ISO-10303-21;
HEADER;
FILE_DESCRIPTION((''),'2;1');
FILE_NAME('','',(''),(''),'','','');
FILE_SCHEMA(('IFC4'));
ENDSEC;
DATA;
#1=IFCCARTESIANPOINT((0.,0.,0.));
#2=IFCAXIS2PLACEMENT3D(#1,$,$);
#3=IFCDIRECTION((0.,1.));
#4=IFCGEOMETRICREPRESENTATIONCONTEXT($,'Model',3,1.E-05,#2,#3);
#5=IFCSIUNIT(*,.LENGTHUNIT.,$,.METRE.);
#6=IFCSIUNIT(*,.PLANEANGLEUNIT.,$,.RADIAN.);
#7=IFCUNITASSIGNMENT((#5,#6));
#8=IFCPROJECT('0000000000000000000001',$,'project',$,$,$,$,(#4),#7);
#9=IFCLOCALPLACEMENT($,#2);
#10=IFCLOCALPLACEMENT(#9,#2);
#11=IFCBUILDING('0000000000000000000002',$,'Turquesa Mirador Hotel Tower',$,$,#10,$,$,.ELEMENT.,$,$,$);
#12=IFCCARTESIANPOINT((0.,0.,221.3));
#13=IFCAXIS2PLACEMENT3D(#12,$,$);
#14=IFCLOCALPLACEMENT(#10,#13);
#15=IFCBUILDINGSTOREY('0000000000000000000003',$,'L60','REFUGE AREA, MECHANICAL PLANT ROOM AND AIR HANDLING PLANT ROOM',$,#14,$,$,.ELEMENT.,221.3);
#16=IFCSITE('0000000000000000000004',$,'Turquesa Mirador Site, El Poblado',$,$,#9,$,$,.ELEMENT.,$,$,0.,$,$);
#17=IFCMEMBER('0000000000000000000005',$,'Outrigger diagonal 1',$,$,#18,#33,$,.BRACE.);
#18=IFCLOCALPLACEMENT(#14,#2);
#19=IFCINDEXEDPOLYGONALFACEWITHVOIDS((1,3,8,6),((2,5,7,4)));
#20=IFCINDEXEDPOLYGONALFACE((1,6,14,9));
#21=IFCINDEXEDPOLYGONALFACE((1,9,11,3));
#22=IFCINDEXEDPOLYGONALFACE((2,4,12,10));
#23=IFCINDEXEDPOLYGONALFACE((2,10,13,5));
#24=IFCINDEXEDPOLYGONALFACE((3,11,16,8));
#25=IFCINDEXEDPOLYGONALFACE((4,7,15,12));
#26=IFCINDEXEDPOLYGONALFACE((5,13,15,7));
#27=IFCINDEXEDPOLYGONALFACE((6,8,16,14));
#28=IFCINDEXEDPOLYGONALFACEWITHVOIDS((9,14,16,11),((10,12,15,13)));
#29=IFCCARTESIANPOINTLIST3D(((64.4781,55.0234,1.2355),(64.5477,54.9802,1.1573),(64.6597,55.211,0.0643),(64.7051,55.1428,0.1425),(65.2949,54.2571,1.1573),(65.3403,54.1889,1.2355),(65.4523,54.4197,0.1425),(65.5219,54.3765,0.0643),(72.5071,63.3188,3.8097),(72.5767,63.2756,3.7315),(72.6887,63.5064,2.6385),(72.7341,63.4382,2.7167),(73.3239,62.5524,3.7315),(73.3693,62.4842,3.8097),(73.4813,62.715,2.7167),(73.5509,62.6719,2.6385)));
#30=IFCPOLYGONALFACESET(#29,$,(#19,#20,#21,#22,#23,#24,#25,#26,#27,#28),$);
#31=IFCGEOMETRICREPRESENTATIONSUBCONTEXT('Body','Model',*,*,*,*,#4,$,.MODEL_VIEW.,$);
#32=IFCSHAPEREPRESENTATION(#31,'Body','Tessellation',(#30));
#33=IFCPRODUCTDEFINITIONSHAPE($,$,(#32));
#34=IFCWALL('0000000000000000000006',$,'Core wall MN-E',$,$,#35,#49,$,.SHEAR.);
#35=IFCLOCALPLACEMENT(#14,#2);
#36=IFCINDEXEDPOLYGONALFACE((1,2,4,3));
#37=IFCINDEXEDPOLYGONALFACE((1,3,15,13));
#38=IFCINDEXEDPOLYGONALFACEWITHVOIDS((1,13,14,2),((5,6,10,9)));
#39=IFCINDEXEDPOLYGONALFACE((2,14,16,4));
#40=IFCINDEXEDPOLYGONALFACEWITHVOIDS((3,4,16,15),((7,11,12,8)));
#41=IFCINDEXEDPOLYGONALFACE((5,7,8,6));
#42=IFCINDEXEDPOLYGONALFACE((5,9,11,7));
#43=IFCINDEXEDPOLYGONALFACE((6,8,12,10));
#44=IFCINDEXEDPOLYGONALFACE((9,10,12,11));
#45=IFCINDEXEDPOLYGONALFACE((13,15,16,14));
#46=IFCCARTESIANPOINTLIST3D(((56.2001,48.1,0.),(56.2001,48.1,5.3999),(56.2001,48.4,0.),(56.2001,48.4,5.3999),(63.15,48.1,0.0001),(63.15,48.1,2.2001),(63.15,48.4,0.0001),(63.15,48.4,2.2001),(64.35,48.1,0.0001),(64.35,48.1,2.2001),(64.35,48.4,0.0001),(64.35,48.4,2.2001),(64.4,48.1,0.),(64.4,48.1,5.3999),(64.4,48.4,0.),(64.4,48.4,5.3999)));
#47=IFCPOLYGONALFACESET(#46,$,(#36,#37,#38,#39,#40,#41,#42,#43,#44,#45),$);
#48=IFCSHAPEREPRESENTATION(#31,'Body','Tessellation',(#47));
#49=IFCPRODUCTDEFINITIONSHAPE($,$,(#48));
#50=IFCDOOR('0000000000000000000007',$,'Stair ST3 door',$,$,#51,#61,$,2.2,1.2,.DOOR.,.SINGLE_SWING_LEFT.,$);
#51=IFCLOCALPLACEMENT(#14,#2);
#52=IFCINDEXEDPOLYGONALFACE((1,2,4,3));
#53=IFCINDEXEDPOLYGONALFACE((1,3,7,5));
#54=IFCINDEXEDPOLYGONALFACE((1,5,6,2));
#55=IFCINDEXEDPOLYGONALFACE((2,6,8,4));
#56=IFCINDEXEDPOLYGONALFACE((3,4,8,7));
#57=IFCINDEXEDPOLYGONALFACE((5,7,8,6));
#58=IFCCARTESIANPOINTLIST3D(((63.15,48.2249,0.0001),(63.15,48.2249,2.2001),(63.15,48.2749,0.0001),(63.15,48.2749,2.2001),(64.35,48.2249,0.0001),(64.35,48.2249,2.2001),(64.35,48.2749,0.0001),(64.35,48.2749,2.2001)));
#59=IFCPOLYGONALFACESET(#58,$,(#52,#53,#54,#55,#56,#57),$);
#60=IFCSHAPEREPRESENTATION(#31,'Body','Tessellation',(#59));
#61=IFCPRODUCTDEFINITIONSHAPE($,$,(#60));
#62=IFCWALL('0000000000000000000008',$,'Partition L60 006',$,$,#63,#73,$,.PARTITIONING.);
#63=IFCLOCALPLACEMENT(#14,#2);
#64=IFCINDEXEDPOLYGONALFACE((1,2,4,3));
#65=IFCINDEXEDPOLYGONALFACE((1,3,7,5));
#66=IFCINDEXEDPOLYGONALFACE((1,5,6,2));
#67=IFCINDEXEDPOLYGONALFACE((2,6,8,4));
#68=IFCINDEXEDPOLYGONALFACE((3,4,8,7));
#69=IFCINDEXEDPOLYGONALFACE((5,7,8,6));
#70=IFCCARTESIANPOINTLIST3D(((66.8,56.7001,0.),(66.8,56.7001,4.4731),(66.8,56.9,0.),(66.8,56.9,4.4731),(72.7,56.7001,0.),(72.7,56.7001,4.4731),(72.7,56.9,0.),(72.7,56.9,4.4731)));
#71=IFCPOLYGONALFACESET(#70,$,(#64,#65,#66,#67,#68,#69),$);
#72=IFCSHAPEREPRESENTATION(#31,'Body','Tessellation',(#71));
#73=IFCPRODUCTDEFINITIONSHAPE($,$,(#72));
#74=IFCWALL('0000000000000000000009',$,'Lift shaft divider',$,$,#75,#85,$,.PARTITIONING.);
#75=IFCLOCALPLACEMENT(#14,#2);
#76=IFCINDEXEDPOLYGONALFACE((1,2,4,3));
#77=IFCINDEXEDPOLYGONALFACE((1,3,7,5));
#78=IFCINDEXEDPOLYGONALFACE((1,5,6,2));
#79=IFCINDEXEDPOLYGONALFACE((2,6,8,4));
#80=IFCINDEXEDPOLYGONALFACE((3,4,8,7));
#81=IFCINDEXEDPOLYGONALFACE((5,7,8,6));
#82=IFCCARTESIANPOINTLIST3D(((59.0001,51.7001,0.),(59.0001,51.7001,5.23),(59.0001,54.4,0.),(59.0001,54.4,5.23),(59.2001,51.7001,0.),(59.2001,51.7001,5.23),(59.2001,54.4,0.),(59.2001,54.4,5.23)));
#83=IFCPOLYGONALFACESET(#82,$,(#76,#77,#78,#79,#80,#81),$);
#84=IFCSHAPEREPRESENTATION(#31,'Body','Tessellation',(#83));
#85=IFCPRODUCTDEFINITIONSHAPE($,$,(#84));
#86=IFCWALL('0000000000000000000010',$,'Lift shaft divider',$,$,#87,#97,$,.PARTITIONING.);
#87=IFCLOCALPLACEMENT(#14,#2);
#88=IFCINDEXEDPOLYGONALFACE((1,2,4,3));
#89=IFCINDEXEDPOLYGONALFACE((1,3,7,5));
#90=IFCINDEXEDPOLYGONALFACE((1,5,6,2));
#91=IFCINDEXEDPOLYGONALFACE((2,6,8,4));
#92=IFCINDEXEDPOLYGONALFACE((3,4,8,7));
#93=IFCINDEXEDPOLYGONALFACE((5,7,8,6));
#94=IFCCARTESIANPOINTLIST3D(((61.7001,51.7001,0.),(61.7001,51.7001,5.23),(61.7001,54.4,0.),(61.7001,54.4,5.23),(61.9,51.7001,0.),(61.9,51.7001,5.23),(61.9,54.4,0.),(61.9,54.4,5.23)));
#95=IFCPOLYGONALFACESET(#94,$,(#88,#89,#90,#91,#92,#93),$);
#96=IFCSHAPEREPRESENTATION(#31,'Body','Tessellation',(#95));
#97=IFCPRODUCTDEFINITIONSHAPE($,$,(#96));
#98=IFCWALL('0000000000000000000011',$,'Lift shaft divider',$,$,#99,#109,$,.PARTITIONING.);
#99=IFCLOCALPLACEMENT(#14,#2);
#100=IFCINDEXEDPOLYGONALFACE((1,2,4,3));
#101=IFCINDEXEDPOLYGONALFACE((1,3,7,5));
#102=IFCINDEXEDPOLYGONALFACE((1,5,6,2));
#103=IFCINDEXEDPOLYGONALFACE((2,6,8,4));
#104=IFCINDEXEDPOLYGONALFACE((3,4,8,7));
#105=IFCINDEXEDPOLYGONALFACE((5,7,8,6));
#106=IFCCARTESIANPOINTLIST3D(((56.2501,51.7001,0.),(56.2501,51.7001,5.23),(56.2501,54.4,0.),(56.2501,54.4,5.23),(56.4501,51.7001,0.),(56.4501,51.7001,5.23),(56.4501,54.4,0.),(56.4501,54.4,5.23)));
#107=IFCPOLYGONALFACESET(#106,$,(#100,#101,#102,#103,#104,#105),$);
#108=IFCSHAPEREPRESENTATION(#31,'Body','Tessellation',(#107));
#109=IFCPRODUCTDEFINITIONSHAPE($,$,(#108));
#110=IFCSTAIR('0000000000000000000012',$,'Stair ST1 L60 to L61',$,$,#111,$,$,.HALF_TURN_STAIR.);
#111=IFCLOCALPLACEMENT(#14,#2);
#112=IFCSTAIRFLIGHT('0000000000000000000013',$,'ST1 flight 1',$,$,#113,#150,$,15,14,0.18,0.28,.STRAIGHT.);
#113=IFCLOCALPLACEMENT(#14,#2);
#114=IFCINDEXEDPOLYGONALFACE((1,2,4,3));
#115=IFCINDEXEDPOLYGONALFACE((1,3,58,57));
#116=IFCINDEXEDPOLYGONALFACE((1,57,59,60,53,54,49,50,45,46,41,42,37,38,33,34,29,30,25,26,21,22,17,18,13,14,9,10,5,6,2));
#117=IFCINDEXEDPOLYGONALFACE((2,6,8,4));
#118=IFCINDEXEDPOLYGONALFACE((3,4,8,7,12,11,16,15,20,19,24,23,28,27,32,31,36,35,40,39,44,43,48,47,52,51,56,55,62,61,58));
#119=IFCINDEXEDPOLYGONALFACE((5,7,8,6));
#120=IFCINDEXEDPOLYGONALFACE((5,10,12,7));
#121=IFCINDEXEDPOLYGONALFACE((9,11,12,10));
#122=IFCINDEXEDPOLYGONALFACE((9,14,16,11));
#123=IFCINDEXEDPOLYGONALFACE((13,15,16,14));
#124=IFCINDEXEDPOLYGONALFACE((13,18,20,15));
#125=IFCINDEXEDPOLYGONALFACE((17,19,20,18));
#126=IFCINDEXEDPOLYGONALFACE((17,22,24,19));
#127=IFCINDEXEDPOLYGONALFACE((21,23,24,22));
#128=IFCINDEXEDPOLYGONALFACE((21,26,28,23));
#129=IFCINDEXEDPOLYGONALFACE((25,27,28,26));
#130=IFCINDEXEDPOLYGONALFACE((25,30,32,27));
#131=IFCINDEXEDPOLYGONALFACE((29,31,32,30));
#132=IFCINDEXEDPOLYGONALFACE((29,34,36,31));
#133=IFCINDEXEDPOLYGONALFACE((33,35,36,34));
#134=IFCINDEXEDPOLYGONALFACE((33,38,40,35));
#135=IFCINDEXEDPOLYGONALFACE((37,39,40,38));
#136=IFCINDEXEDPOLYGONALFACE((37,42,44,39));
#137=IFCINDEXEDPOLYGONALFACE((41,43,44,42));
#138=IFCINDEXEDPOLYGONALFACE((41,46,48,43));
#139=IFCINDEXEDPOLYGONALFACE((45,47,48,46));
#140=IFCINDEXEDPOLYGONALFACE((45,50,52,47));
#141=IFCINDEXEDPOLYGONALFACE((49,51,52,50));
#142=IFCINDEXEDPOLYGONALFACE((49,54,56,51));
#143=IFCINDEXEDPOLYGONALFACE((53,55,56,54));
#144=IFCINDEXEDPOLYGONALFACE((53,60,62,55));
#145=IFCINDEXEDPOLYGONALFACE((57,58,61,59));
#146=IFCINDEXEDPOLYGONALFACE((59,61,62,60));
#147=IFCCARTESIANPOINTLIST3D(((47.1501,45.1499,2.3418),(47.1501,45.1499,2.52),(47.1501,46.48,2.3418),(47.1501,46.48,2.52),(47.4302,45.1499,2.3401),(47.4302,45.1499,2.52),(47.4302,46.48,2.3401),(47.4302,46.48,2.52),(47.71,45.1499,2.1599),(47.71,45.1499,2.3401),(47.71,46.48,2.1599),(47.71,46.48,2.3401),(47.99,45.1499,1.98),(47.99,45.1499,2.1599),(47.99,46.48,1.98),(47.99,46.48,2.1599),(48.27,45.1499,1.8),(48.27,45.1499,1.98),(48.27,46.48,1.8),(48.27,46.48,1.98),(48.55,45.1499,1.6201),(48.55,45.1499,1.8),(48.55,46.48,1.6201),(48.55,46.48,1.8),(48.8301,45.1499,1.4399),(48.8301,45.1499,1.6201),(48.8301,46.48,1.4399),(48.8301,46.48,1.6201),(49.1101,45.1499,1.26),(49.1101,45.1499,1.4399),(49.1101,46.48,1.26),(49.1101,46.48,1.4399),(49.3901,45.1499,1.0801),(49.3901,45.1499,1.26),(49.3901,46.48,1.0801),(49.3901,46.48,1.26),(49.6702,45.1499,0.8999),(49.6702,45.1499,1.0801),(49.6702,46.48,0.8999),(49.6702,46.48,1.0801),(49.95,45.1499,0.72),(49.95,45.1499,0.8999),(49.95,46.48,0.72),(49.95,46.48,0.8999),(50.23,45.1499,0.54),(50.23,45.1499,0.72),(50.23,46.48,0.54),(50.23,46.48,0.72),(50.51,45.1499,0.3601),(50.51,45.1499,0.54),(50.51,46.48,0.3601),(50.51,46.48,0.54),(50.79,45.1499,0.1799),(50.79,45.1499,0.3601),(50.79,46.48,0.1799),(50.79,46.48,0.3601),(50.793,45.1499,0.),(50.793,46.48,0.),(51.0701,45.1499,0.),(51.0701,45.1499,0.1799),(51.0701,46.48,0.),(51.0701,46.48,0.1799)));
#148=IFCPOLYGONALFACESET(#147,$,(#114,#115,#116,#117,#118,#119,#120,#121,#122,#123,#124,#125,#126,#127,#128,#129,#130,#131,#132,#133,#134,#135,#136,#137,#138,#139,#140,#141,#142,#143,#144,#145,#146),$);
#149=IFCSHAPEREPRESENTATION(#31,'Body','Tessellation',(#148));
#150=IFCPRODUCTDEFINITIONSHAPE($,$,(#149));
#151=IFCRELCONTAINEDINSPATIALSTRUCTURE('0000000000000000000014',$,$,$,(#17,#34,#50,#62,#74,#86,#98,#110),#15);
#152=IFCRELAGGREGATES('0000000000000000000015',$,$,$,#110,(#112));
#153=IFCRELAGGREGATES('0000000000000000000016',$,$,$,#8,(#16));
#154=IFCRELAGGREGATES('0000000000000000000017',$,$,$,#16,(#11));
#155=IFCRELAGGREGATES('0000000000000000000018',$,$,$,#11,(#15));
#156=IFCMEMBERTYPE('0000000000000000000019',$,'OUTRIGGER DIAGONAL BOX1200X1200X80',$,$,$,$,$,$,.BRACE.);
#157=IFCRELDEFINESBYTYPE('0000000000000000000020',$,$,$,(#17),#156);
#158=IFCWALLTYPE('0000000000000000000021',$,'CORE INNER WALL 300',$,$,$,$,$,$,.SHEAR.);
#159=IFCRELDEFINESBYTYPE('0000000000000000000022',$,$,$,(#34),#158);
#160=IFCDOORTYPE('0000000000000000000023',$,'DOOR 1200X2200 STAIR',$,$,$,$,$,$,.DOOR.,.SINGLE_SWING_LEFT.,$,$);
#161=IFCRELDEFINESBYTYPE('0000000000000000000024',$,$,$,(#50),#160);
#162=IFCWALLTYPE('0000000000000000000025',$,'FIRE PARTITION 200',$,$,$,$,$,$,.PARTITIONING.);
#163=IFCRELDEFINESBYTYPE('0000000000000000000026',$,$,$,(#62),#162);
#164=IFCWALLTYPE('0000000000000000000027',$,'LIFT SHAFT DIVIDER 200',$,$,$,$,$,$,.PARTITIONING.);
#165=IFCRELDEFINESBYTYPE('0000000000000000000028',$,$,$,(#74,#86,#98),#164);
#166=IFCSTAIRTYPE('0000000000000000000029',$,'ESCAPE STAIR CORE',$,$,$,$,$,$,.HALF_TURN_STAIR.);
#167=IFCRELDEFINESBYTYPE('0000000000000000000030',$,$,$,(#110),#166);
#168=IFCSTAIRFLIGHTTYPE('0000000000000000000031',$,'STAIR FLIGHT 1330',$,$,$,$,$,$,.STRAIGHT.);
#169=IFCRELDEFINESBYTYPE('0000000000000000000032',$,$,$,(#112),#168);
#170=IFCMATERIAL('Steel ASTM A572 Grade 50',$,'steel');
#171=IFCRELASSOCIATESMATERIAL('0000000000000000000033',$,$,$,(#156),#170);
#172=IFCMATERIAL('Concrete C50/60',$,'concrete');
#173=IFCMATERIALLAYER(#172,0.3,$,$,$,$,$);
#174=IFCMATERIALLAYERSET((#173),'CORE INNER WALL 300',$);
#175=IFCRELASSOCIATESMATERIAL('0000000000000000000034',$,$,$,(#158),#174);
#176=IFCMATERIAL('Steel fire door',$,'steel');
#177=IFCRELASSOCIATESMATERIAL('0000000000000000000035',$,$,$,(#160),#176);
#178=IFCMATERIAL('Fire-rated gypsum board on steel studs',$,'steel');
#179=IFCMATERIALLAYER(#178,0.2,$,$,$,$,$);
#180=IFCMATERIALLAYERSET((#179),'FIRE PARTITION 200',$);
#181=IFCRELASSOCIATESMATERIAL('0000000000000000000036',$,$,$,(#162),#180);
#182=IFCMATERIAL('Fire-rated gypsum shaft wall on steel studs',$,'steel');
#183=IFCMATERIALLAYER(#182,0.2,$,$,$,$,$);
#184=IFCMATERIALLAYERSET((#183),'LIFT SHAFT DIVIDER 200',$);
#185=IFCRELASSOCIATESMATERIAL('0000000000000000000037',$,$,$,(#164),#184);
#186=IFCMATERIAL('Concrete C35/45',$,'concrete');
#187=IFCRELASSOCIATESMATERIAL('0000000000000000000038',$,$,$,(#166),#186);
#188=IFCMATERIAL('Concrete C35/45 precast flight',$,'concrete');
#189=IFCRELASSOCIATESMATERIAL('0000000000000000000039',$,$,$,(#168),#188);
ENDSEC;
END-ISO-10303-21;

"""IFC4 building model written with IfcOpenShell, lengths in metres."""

from ifc_helpers import new_model, si_unit, direction, frame, frame_2d, origin, origin_2d, place, context, subcontext, project, spatial, polyline, rectangle, hollow_rectangle, outline, extrude, material, layer, layer_set, material_profile, profile_set, type_object, element, fill, aggregate, save


model = new_model("IFC4")

# Units and contexts
model_context = context("Model", 3, precision=1e-05, world=origin(), true_north=direction((0.0, 1.0)))
body_context = subcontext(model_context, "Body", "Model", "MODEL_VIEW")
ifc_project = project(units=[si_unit("LENGTHUNIT", "METRE"), si_unit("PLANEANGLEUNIT", "RADIAN")], contexts=[model_context])

# Site, building, storey
site_placement = place(None, origin())
site = spatial("IfcSite", under=ifc_project, at=site_placement, Name="Turquesa Mirador Site, El Poblado", CompositionType="ELEMENT", RefElevation=0.0)
building_placement = place(site_placement, origin())
building = spatial("IfcBuilding", under=site, at=building_placement, Name="Turquesa Mirador Hotel Tower", CompositionType="ELEMENT")
storey_placement = place(building_placement, frame((0.0, 0.0, 221.3)))
storey = spatial("IfcBuildingStorey", under=building, at=storey_placement, Name="L60", Description="REFUGE AREA, MECHANICAL PLANT ROOM AND AIR HANDLING PLANT ROOM", CompositionType="ELEMENT", Elevation=221.3)

# Member
ifc_material_1 = material(Name="Steel ASTM A572 Grade 50", Category="steel")
ifc_material_profile_1 = material_profile(ifc_material_1, hollow_rectangle(XDim=1.2, YDim=1.2, WallThickness=0.0801, at=origin_2d()), Name="BOX1200X1200X80")
ifc_profile_set_1 = profile_set([ifc_material_profile_1], Name="Steel ASTM A572 Grade 50")
member_type = type_object("IfcMemberType", Name="OUTRIGGER DIAGONAL BOX1200X1200X80", PredefinedType="BRACE", material=ifc_profile_set_1)
member_placement = place(storey_placement, frame((65.0, 54.7, 0.6499), z_axis=(0.678806, 0.701325, 0.217634), x_axis=(-0.718549, 0.695477, 0.0)))
element("IfcMember", 1, at=member_placement, inside=storey, type_object=member_type, Name="Outrigger diagonal 1", PredefinedType="BRACE", context=body_context, shape_type="SweptSolid", body=[
    extrude(hollow_rectangle(XDim=1.2, YDim=1.2, WallThickness=0.0801, at=origin_2d()), origin(), (0.0, 0.0, 1.0), 11.8281),
])

# Wall, opening, door
ifc_material_2 = material(Name="Concrete C50/60", Category="concrete")
ifc_layer_1 = layer(ifc_material_2, 0.3)
ifc_layer_set_1 = layer_set([ifc_layer_1], Name="CORE INNER WALL 300")
wall_type_1 = type_object("IfcWallType", Name="CORE INNER WALL 300", PredefinedType="SHEAR", material=ifc_layer_set_1)
wall_1_placement = place(storey_placement, frame((56.2, 48.25, 0.0), z_axis=(0.0, 0.0, 1.0), x_axis=(1.0, 0.0, 0.0)))
wall_1 = element("IfcWall", 2, at=wall_1_placement, inside=storey, type_object=wall_type_1, Name="Core wall MN-E", PredefinedType="SHEAR", context=body_context, shape_type="SweptSolid", body=[
    extrude(rectangle(XDim=8.2, YDim=0.3, at=frame_2d((4.1001, 0.0))), origin(), (0.0, 0.0, 1.0), 5.3999),
])
opening_placement = place(wall_1_placement, frame((6.95, 0.0, 0.0)))
opening = element("IfcOpeningElement", 3, at=opening_placement, cuts=wall_1, PredefinedType="OPENING", context=body_context, shape_type="SweptSolid", body=[
    extrude(rectangle(XDim=1.2, YDim=2.2, at=frame_2d((0.6001, 1.1001))), frame((0.0, 0.1599, 0.0), z_axis=(0.0, -1.0, 0.0), x_axis=(1.0, 0.0, 0.0)), (0.0, 0.0, 1.0), 0.3201),
])
ifc_material_3 = material(Name="Steel fire door", Category="steel")
door_type = type_object("IfcDoorType", Name="DOOR 1200X2200 STAIR", OperationType="SINGLE_SWING_LEFT", PredefinedType="DOOR", material=ifc_material_3)
door_placement = place(opening_placement, origin())
door = element("IfcDoor", 4, at=door_placement, inside=storey, type_object=door_type, Name="Stair ST3 door", OperationType="SINGLE_SWING_LEFT", OverallHeight=2.2, OverallWidth=1.2, PredefinedType="DOOR", context=body_context, shape_type="SweptSolid", body=[
    extrude(rectangle(XDim=1.2, YDim=2.2, at=frame_2d((0.6001, 1.1001))), frame((0.0, 0.0249, 0.0), z_axis=(0.0, -1.0, 0.0), x_axis=(1.0, 0.0, 0.0)), (0.0, 0.0, 1.0), 0.05),
])
fill(opening, door)

# Walls
ifc_material_4 = material(Name="Fire-rated gypsum board on steel studs", Category="steel")
ifc_layer_2 = layer(ifc_material_4, 0.2)
ifc_layer_set_2 = layer_set([ifc_layer_2], Name="FIRE PARTITION 200")
wall_type_2 = type_object("IfcWallType", Name="FIRE PARTITION 200", PredefinedType="PARTITIONING", material=ifc_layer_set_2)
wall_2_placement = place(storey_placement, frame((66.8, 56.8, 0.0), z_axis=(0.0, 0.0, 1.0), x_axis=(1.0, 0.0, 0.0)))
element("IfcWall", 5, at=wall_2_placement, inside=storey, type_object=wall_type_2, Name="Partition L60 006", PredefinedType="PARTITIONING", context=body_context, shape_type="SweptSolid", body=[
    extrude(rectangle(XDim=5.8999, YDim=0.2, at=frame_2d((2.95, 0.0))), origin(), (0.0, 0.0, 1.0), 4.4731),
])
ifc_material_5 = material(Name="Fire-rated gypsum shaft wall on steel studs", Category="steel")
ifc_layer_3 = layer(ifc_material_5, 0.2)
ifc_layer_set_3 = layer_set([ifc_layer_3], Name="LIFT SHAFT DIVIDER 200")
wall_type_3 = type_object("IfcWallType", Name="LIFT SHAFT DIVIDER 200", PredefinedType="PARTITIONING", material=ifc_layer_set_3)
for number, where, z_axis, x_axis, name in (
    (6, (59.1001, 51.7, 0.0), (0.0, 0.0, 1.0), (0.0, 1.0, 0.0), "Lift shaft divider"),
    (7, (61.8, 51.7, 0.0), (0.0, 0.0, 1.0), (0.0, 1.0, 0.0), "Lift shaft divider"),
    (8, (56.3501, 51.7, 0.0), (0.0, 0.0, 1.0), (0.0, 1.0, 0.0), "Lift shaft divider"),
):
    element("IfcWall", number, at=place(storey_placement, frame(where, z_axis=z_axis, x_axis=x_axis)), inside=storey, type_object=wall_type_3, Name=name, PredefinedType="PARTITIONING", context=body_context, shape_type="SweptSolid", body=[
        extrude(rectangle(XDim=2.7, YDim=0.2, at=frame_2d((1.3501, 0.0))), origin(), (0.0, 0.0, 1.0), 5.23),
    ])

# Stair, stair flight
ifc_material_6 = material(Name="Concrete C35/45", Category="concrete")
stair_type = type_object("IfcStairType", Name="ESCAPE STAIR CORE", PredefinedType="HALF_TURN_STAIR", material=ifc_material_6)
stair_1_placement = place(storey_placement, origin())
stair_1 = element("IfcStair", 9, at=stair_1_placement, inside=storey, type_object=stair_type, Name="Stair ST1 L60 to L61", PredefinedType="HALF_TURN_STAIR")
ifc_material_7 = material(Name="Concrete C35/45 precast flight", Category="concrete")
stair_flight_type = type_object("IfcStairFlightType", Name="STAIR FLIGHT 1330", PredefinedType="STRAIGHT", material=ifc_material_7)
stair_flight_1_placement = place(storey_placement, frame((51.0701, 45.8149, 0.0), z_axis=(0.0, 0.0, 1.0), x_axis=(-1.0, 0.0, 0.0)))
stair_flight_1 = element("IfcStairFlight", 10, at=stair_flight_1_placement, type_object=stair_flight_type, Name="ST1 flight 1", NumberOfRisers=15, NumberOfTreads=14, PredefinedType="STRAIGHT", RiserHeight=0.18, TreadLength=0.28, context=body_context, shape_type="SweptSolid", body=[
    extrude(outline(polyline([(0.0, 0.0), (0.0, 0.1799), (0.28, 0.1799), (0.28, 0.3601), (0.5601, 0.3601), (0.5601, 0.54), (0.8401, 0.54), (0.8401, 0.72), (1.1201, 0.72), (1.1201, 0.8999), (1.3999, 0.8999), (1.3999, 1.0801), (1.6799, 1.0801), (1.6799, 1.26), (1.96, 1.26), (1.96, 1.4399), (2.24, 1.4399), (2.24, 1.6201), (2.52, 1.6201), (2.52, 1.8), (2.8, 1.8), (2.8, 1.98), (3.0801, 1.98), (3.0801, 2.1599), (3.3601, 2.1599), (3.3601, 2.3401), (3.6399, 2.3401), (3.6399, 2.52), (3.9199, 2.52), (3.9199, 2.7), (3.9199, 2.3418), (0.2771, 0.0), (0.0, 0.0)])), frame((0.0, 0.665, 0.0), z_axis=(0.0, -1.0, 0.0), x_axis=(1.0, 0.0, 0.0)), (0.0, 0.0, 1.0), 1.3301),
])
aggregate(stair_1, [stair_flight_1])

save(model, "model.ifc")
